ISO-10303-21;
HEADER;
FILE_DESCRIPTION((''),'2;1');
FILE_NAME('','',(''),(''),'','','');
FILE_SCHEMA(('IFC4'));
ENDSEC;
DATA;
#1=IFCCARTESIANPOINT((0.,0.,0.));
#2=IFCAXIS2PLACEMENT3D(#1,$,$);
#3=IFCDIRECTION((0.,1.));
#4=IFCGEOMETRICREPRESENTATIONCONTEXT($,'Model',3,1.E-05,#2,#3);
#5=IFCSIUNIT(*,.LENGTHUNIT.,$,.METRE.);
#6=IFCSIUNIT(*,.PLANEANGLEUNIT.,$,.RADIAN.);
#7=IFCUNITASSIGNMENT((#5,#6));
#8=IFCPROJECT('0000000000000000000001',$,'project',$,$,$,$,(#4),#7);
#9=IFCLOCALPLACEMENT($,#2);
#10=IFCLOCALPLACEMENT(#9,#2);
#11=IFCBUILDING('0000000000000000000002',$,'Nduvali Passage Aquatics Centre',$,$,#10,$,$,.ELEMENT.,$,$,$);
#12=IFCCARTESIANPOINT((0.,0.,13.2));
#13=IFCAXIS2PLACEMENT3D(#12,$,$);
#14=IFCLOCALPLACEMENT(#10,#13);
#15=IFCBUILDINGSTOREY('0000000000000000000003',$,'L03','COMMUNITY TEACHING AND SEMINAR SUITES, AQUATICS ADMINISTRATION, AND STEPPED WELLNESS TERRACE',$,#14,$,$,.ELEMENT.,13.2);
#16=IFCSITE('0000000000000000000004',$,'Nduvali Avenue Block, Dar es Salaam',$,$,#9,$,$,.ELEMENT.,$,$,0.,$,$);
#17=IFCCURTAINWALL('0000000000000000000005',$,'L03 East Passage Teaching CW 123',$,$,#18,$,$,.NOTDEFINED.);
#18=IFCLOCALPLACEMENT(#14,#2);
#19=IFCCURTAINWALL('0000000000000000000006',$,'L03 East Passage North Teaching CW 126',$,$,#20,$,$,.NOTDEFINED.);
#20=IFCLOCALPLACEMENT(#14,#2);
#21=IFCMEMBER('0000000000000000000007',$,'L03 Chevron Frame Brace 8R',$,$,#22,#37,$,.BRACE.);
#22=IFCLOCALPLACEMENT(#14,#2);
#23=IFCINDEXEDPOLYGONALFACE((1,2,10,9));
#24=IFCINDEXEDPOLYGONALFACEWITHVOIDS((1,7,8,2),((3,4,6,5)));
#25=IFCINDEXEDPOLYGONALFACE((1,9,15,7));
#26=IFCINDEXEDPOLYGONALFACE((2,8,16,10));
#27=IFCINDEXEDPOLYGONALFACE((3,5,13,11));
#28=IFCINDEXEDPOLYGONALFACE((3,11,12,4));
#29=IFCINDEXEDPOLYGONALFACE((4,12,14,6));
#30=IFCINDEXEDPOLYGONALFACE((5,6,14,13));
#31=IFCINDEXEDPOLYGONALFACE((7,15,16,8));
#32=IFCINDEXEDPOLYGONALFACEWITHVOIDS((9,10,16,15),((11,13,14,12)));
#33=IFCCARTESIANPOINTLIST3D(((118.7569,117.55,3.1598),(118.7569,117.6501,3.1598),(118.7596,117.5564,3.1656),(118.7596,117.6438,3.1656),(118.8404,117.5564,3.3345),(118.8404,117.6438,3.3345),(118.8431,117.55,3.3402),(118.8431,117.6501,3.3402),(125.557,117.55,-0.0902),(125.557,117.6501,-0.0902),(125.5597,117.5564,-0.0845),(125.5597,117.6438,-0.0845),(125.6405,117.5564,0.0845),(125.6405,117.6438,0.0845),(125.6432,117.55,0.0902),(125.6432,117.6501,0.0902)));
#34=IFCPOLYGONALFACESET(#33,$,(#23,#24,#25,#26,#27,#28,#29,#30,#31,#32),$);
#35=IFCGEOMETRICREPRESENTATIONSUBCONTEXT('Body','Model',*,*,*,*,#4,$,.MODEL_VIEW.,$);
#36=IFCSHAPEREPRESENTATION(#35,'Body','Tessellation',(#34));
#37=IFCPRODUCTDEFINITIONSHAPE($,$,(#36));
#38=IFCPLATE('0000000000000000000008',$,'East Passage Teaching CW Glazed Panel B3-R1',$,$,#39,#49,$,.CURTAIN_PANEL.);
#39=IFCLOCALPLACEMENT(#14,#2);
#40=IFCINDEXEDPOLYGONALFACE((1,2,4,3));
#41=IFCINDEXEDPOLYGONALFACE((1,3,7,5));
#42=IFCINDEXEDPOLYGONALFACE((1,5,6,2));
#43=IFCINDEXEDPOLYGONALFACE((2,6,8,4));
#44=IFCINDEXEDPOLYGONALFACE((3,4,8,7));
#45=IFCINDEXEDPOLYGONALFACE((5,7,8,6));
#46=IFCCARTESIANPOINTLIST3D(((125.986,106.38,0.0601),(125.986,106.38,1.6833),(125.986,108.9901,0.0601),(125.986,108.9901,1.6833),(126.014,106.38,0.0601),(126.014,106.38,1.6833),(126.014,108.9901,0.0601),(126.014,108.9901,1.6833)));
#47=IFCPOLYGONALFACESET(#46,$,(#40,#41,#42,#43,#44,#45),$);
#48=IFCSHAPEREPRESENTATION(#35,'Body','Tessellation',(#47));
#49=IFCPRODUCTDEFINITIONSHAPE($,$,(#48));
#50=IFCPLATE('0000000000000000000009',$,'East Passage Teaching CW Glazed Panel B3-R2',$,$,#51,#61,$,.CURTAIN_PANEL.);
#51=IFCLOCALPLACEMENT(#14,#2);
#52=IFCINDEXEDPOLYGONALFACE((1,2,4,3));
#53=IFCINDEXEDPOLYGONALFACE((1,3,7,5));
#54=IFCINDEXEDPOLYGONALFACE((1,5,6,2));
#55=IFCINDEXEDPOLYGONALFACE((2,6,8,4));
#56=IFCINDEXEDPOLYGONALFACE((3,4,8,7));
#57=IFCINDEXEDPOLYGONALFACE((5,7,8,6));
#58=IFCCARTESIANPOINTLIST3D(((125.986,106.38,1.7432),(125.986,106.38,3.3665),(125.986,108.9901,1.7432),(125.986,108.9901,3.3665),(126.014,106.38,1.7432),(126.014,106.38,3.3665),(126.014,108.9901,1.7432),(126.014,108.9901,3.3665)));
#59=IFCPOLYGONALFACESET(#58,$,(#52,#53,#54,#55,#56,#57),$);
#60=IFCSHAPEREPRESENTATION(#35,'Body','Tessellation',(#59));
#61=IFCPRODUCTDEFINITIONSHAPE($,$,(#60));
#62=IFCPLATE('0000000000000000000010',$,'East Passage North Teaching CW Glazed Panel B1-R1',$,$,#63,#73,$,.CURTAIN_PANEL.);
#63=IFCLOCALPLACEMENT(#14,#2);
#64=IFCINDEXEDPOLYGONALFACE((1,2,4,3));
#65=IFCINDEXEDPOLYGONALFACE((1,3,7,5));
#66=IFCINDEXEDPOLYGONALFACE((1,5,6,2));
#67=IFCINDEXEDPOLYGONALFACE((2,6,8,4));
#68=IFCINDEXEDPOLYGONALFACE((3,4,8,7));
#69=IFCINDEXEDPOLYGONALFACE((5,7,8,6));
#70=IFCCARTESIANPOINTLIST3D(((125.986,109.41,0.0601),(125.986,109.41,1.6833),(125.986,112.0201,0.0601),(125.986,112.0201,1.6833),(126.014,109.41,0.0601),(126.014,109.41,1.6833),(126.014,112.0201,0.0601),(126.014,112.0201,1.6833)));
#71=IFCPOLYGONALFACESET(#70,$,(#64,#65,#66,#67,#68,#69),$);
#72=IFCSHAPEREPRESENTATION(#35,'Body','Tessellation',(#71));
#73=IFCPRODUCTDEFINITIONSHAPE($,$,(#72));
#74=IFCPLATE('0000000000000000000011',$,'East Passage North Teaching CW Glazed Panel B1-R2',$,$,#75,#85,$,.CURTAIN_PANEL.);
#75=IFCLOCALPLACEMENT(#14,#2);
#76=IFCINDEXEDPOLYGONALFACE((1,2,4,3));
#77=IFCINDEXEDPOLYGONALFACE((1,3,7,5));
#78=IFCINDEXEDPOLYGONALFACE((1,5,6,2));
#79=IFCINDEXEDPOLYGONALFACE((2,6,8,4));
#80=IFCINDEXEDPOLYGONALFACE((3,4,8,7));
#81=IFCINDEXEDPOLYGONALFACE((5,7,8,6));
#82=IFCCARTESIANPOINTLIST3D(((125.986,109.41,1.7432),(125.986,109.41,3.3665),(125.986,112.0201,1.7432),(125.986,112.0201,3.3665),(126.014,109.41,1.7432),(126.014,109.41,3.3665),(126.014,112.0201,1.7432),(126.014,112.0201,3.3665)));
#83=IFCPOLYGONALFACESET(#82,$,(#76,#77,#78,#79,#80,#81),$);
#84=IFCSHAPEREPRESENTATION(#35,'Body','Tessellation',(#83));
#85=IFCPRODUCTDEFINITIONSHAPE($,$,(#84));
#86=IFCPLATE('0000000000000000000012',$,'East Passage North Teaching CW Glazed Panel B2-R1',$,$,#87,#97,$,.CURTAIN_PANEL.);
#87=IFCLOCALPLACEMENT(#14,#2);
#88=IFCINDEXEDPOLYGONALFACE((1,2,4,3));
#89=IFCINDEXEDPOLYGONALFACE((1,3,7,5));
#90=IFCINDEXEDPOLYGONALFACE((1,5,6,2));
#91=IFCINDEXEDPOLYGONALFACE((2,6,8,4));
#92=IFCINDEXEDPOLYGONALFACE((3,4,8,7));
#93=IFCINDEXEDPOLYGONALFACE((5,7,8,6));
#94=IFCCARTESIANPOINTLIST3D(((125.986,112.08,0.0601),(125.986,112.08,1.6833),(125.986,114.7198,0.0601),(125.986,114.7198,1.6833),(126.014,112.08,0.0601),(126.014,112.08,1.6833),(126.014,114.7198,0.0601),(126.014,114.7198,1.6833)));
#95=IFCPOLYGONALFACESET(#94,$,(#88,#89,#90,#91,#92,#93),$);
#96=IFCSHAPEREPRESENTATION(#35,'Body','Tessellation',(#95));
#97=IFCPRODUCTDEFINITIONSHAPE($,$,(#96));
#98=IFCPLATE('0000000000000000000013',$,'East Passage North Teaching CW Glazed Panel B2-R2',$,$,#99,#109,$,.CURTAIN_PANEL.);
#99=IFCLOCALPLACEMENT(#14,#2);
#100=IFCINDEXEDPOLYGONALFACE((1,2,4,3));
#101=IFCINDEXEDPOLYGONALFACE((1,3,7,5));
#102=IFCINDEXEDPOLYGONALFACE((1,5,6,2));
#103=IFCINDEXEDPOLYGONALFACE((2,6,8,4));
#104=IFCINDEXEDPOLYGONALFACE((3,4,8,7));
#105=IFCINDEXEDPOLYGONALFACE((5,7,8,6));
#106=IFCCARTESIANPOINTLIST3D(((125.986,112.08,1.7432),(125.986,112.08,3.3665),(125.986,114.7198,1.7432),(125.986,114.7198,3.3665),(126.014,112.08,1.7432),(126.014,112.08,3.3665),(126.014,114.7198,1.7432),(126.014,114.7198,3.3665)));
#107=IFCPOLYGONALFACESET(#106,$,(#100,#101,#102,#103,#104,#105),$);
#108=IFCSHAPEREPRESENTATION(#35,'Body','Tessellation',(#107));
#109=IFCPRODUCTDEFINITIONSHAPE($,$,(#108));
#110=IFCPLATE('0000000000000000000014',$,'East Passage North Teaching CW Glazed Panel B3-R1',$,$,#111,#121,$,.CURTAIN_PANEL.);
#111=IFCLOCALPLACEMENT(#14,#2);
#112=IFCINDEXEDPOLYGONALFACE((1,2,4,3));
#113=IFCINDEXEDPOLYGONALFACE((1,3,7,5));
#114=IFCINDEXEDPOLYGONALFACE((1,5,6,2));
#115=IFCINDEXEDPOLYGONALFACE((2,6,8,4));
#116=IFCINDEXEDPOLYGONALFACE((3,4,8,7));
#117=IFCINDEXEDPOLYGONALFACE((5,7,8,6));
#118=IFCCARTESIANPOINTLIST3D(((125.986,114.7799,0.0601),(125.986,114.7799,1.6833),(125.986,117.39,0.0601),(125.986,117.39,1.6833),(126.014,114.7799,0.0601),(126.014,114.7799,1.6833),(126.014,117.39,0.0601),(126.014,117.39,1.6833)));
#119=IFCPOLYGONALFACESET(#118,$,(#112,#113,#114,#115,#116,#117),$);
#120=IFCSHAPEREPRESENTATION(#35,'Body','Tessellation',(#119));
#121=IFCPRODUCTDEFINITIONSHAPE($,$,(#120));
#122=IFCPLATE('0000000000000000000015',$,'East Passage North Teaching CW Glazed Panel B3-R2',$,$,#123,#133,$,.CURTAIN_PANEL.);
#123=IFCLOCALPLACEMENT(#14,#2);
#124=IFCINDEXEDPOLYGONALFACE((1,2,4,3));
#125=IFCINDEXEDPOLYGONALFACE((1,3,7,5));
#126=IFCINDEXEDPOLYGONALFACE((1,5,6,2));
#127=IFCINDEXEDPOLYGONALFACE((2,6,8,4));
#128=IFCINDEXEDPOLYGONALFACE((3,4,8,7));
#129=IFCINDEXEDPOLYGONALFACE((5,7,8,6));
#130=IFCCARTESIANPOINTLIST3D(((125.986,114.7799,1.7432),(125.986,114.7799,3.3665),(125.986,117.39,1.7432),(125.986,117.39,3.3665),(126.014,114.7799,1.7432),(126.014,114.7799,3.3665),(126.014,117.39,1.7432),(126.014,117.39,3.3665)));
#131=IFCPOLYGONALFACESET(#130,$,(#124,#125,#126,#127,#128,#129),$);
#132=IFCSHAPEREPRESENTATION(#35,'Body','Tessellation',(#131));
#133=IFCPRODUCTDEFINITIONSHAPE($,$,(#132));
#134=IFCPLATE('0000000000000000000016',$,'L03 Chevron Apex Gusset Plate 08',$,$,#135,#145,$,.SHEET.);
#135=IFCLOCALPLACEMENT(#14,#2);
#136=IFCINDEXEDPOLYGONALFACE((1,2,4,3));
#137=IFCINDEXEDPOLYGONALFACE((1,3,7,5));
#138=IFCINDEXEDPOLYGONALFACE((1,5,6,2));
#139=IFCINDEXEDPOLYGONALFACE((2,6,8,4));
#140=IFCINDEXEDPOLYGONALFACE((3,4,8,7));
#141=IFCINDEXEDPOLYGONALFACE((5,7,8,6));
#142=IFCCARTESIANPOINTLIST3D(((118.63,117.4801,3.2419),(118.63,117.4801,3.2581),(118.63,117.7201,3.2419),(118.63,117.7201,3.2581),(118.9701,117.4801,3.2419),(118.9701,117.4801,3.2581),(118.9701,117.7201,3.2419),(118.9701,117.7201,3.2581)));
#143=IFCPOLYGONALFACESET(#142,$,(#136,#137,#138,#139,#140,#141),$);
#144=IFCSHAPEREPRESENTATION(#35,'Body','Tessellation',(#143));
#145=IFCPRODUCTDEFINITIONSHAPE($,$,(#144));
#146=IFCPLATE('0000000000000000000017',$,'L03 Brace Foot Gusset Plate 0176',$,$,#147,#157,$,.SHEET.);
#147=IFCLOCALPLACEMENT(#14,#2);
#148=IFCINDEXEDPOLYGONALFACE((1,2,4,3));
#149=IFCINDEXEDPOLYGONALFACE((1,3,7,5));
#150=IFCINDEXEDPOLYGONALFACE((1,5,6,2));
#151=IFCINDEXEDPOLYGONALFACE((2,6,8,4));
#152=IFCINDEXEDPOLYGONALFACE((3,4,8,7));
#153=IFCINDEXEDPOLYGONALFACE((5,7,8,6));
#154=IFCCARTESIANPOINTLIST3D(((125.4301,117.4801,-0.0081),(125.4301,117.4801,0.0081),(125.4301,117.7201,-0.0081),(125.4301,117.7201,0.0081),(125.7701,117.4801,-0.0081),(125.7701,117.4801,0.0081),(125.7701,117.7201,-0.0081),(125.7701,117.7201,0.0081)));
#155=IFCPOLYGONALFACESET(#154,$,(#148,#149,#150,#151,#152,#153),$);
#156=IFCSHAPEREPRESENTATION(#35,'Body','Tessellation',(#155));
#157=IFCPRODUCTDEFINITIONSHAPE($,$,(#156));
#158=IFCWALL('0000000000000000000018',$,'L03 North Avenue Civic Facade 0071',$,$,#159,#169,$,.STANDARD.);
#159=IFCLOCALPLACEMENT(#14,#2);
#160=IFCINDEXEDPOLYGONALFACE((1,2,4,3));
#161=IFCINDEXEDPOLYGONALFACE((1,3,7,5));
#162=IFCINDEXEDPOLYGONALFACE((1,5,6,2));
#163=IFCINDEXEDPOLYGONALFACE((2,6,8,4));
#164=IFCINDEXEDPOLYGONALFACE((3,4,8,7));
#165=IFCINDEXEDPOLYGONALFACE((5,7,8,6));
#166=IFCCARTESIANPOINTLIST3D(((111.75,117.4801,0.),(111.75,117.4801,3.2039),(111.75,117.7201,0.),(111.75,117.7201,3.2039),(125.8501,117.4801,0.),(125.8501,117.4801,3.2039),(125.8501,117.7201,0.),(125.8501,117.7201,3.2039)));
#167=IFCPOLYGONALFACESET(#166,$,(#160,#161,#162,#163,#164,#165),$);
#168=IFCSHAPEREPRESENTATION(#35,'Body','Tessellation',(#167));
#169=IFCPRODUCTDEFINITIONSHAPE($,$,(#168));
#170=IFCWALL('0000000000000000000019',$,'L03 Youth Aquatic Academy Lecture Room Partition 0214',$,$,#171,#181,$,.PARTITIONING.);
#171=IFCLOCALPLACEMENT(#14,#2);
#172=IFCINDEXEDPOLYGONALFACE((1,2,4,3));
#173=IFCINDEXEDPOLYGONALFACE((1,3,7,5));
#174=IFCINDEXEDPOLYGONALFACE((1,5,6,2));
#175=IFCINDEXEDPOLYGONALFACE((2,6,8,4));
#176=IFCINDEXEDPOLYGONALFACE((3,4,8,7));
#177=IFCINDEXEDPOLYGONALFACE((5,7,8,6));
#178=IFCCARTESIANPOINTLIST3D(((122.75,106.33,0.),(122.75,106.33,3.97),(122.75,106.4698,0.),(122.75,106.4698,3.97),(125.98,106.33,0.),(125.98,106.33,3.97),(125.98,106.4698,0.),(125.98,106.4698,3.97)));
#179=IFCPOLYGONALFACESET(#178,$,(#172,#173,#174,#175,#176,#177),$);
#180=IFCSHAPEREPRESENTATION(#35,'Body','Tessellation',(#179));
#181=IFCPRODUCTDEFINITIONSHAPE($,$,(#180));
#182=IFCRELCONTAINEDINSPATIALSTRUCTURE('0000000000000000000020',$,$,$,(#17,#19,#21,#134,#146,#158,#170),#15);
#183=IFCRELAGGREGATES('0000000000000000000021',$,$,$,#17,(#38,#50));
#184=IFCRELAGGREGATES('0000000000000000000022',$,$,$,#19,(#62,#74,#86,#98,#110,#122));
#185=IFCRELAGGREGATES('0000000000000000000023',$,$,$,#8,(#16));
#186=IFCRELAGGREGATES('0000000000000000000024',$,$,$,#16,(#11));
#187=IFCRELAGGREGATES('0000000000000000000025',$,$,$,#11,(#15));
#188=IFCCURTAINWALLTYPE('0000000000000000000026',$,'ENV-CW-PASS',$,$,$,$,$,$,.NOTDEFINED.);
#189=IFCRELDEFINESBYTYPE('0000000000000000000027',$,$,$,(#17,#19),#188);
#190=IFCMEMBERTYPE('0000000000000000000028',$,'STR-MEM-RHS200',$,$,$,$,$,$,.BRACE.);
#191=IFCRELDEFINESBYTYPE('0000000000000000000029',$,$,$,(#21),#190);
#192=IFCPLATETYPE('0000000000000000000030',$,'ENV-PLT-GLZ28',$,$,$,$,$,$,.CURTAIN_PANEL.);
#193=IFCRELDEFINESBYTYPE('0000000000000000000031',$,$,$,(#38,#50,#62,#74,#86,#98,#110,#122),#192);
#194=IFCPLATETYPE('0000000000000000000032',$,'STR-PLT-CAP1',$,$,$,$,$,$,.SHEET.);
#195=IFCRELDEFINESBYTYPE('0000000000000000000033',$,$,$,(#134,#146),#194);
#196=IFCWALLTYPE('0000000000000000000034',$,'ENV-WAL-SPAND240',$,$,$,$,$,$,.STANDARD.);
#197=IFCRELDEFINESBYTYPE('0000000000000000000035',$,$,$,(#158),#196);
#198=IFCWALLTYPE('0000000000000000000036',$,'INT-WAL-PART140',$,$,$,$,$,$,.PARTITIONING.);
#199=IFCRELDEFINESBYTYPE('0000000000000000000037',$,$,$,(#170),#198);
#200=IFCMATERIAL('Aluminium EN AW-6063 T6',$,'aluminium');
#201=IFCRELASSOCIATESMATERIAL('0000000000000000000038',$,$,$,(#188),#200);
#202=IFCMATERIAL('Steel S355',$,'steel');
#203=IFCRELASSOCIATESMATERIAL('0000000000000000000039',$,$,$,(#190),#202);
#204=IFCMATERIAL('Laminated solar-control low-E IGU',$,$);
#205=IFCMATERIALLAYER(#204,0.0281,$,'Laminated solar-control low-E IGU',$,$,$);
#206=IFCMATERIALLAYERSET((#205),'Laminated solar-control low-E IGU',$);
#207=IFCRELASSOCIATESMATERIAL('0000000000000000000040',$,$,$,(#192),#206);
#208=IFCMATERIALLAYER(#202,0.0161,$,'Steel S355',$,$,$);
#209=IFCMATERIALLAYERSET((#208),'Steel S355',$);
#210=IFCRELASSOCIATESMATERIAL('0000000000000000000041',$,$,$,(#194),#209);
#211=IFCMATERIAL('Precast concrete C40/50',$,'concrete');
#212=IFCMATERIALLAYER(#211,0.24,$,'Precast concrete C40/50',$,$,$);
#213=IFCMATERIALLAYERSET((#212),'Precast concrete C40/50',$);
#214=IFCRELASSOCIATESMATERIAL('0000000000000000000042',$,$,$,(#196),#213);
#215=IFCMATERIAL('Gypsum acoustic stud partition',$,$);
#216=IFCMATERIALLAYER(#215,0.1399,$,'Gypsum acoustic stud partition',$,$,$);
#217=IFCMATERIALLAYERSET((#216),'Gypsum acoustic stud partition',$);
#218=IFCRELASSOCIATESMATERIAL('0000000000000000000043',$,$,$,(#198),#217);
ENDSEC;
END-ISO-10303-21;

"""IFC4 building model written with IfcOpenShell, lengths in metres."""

from ifc_helpers import new_model, si_unit, direction, frame, frame_2d, origin, origin_2d, place, context, subcontext, project, spatial, rectangle, hollow_rectangle, extrude, material, layer, layer_set, material_profile, profile_set, type_object, element, aggregate, save


model = new_model("IFC4")

# Units and contexts
model_context = context("Model", 3, precision=1e-05, world=origin(), true_north=direction((0.0, 1.0)))
body_context = subcontext(model_context, "Body", "Model", "MODEL_VIEW")
ifc_project = project(units=[si_unit("LENGTHUNIT", "METRE"), si_unit("PLANEANGLEUNIT", "RADIAN")], contexts=[model_context])

# Site, building, storey
site_placement = place(None, origin())
site = spatial("IfcSite", under=ifc_project, at=site_placement, Name="Nduvali Avenue Block, Dar es Salaam", CompositionType="ELEMENT", RefElevation=0.0)
building_placement = place(site_placement, origin())
building = spatial("IfcBuilding", under=site, at=building_placement, Name="Nduvali Passage Aquatics Centre", CompositionType="ELEMENT")
storey_placement = place(building_placement, frame((0.0, 0.0, 13.2)))
storey = spatial("IfcBuildingStorey", under=building, at=storey_placement, Name="L03", Description="COMMUNITY TEACHING AND SEMINAR SUITES, AQUATICS ADMINISTRATION, AND STEPPED WELLNESS TERRACE", CompositionType="ELEMENT", Elevation=13.2)

# Shared definitions
ifc_material_1 = material(Name="Steel S355", Category="steel")

# Curtain wall
ifc_material_2 = material(Name="Aluminium EN AW-6063 T6", Category="aluminium")
curtain_wall_type = type_object("IfcCurtainWallType", Name="ENV-CW-PASS", PredefinedType="NOTDEFINED", material=ifc_material_2)
curtain_wall_1_placement = place(storey_placement, origin())
curtain_wall_1 = element("IfcCurtainWall", 1, at=curtain_wall_1_placement, inside=storey, type_object=curtain_wall_type, Name="L03 East Passage Teaching CW 123", PredefinedType="NOTDEFINED")

# Curtain wall
curtain_wall_2_placement = place(storey_placement, origin())
curtain_wall_2 = element("IfcCurtainWall", 2, at=curtain_wall_2_placement, inside=storey, type_object=curtain_wall_type, Name="L03 East Passage North Teaching CW 126", PredefinedType="NOTDEFINED")

# Member
ifc_material_profile_1 = material_profile(ifc_material_1, hollow_rectangle(XDim=0.1001, YDim=0.2, WallThickness=0.0063, at=origin_2d()), Name="RHS 200x100x6.3")
ifc_profile_set_1 = profile_set([ifc_material_profile_1], Name="Steel S355")
member_type_1 = type_object("IfcMemberType", Name="STR-MEM-RHS200", PredefinedType="BRACE", material=ifc_profile_set_1)
member_1_placement = place(storey_placement, frame((125.6001, 117.6001, 0.0), z_axis=(-0.902248, 0.0, 0.431218), x_axis=(0.0, -1.0, 0.0)))
element("IfcMember", 3, at=member_1_placement, inside=storey, type_object=member_type_1, Name="L03 Chevron Frame Brace 8R", PredefinedType="BRACE", context=body_context, shape_type="SweptSolid", body=[
    extrude(hollow_rectangle(XDim=0.1001, YDim=0.2, WallThickness=0.0063, at=origin_2d()), origin(), (0.0, 0.0, 1.0), 7.5369),
])

# Plates
ifc_material_3 = material(Name="Laminated solar-control low-E IGU")
ifc_layer_1 = layer(ifc_material_3, 0.0281, Name="Laminated solar-control low-E IGU")
ifc_layer_set_1 = layer_set([ifc_layer_1], Name="Laminated solar-control low-E IGU")
plate_type_1 = type_object("IfcPlateType", Name="ENV-PLT-GLZ28", PredefinedType="CURTAIN_PANEL", material=ifc_layer_set_1)
plate_1_placement = place(storey_placement, frame((126.0, 107.6851, 0.0601), z_axis=(0.0, 0.0, 1.0), x_axis=(0.0, 1.0, 0.0)))
plate_1 = element("IfcPlate", 4, at=plate_1_placement, type_object=plate_type_1, Name="East Passage Teaching CW Glazed Panel B3-R1", PredefinedType="CURTAIN_PANEL", context=body_context, shape_type="SweptSolid", body=[
    extrude(rectangle(XDim=2.6101, YDim=0.0281, at=origin_2d()), origin(), (0.0, 0.0, 1.0), 1.6233),
])
plate_2_placement = place(storey_placement, frame((126.0, 107.6851, 1.7432), z_axis=(0.0, 0.0, 1.0), x_axis=(0.0, 1.0, 0.0)))
plate_2 = element("IfcPlate", 5, at=plate_2_placement, type_object=plate_type_1, Name="East Passage Teaching CW Glazed Panel B3-R2", PredefinedType="CURTAIN_PANEL", context=body_context, shape_type="SweptSolid", body=[
    extrude(rectangle(XDim=2.6101, YDim=0.0281, at=origin_2d()), origin(), (0.0, 0.0, 1.0), 1.6233),
])
aggregate(curtain_wall_1, [plate_1, plate_2])
plate_3_placement = place(storey_placement, frame((126.0, 110.7151, 0.0601), z_axis=(0.0, 0.0, 1.0), x_axis=(0.0, 1.0, 0.0)))
plate_3 = element("IfcPlate", 6, at=plate_3_placement, type_object=plate_type_1, Name="East Passage North Teaching CW Glazed Panel B1-R1", PredefinedType="CURTAIN_PANEL", context=body_context, shape_type="SweptSolid", body=[
    extrude(rectangle(XDim=2.6101, YDim=0.0281, at=origin_2d()), origin(), (0.0, 0.0, 1.0), 1.6233),
])
plate_4_placement = place(storey_placement, frame((126.0, 110.7151, 1.7432), z_axis=(0.0, 0.0, 1.0), x_axis=(0.0, 1.0, 0.0)))
plate_4 = element("IfcPlate", 7, at=plate_4_placement, type_object=plate_type_1, Name="East Passage North Teaching CW Glazed Panel B1-R2", PredefinedType="CURTAIN_PANEL", context=body_context, shape_type="SweptSolid", body=[
    extrude(rectangle(XDim=2.6101, YDim=0.0281, at=origin_2d()), origin(), (0.0, 0.0, 1.0), 1.6233),
])
plate_5_placement = place(storey_placement, frame((126.0, 113.3999, 0.0601), z_axis=(0.0, 0.0, 1.0), x_axis=(0.0, 1.0, 0.0)))
plate_5 = element("IfcPlate", 8, at=plate_5_placement, type_object=plate_type_1, Name="East Passage North Teaching CW Glazed Panel B2-R1", PredefinedType="CURTAIN_PANEL", context=body_context, shape_type="SweptSolid", body=[
    extrude(rectangle(XDim=2.6399, YDim=0.0281, at=origin_2d()), origin(), (0.0, 0.0, 1.0), 1.6233),
])
plate_6_placement = place(storey_placement, frame((126.0, 113.3999, 1.7432), z_axis=(0.0, 0.0, 1.0), x_axis=(0.0, 1.0, 0.0)))
plate_6 = element("IfcPlate", 9, at=plate_6_placement, type_object=plate_type_1, Name="East Passage North Teaching CW Glazed Panel B2-R2", PredefinedType="CURTAIN_PANEL", context=body_context, shape_type="SweptSolid", body=[
    extrude(rectangle(XDim=2.6399, YDim=0.0281, at=origin_2d()), origin(), (0.0, 0.0, 1.0), 1.6233),
])
plate_7_placement = place(storey_placement, frame((126.0, 116.085, 0.0601), z_axis=(0.0, 0.0, 1.0), x_axis=(0.0, 1.0, 0.0)))
plate_7 = element("IfcPlate", 10, at=plate_7_placement, type_object=plate_type_1, Name="East Passage North Teaching CW Glazed Panel B3-R1", PredefinedType="CURTAIN_PANEL", context=body_context, shape_type="SweptSolid", body=[
    extrude(rectangle(XDim=2.6101, YDim=0.0281, at=origin_2d()), origin(), (0.0, 0.0, 1.0), 1.6233),
])
plate_8_placement = place(storey_placement, frame((126.0, 116.085, 1.7432), z_axis=(0.0, 0.0, 1.0), x_axis=(0.0, 1.0, 0.0)))
plate_8 = element("IfcPlate", 11, at=plate_8_placement, type_object=plate_type_1, Name="East Passage North Teaching CW Glazed Panel B3-R2", PredefinedType="CURTAIN_PANEL", context=body_context, shape_type="SweptSolid", body=[
    extrude(rectangle(XDim=2.6101, YDim=0.0281, at=origin_2d()), origin(), (0.0, 0.0, 1.0), 1.6233),
])
aggregate(curtain_wall_2, [plate_3, plate_4, plate_5, plate_6, plate_7, plate_8])

# Plates
ifc_layer_2 = layer(ifc_material_1, 0.0161, Name="Steel S355")
ifc_layer_set_2 = layer_set([ifc_layer_2], Name="Steel S355")
plate_type_2 = type_object("IfcPlateType", Name="STR-PLT-CAP1", PredefinedType="SHEET", material=ifc_layer_set_2)
for number, where, z_axis, x_axis, name in (
    (12, (118.8, 117.6001, 3.2419), (0.0, 0.0, 1.0), (1.0, 0.0, 0.0), "L03 Chevron Apex Gusset Plate 08"),
    (13, (125.6001, 117.6001, -0.0081), (0.0, 0.0, 1.0), (1.0, 0.0, 0.0), "L03 Brace Foot Gusset Plate 0176"),
):
    element("IfcPlate", number, at=place(storey_placement, frame(where, z_axis=z_axis, x_axis=x_axis)), inside=storey, type_object=plate_type_2, Name=name, PredefinedType="SHEET", context=body_context, shape_type="SweptSolid", body=[
        extrude(rectangle(XDim=0.3401, YDim=0.24, at=origin_2d()), origin(), (0.0, 0.0, 1.0), 0.0161),
    ])

# Walls
ifc_material_4 = material(Name="Precast concrete C40/50", Category="concrete")
ifc_layer_3 = layer(ifc_material_4, 0.24, Name="Precast concrete C40/50")
ifc_layer_set_3 = layer_set([ifc_layer_3], Name="Precast concrete C40/50")
wall_type_1 = type_object("IfcWallType", Name="ENV-WAL-SPAND240", PredefinedType="STANDARD", material=ifc_layer_set_3)
wall_1_placement = place(storey_placement, frame((125.8501, 117.6001, 0.0), z_axis=(0.0, 0.0, 1.0), x_axis=(-1.0, 0.0, 0.0)))
element("IfcWall", 14, at=wall_1_placement, inside=storey, type_object=wall_type_1, Name="L03 North Avenue Civic Facade 0071", PredefinedType="STANDARD", context=body_context, shape_type="SweptSolid", body=[
    extrude(rectangle(XDim=14.1001, YDim=0.24, at=frame_2d((7.05, 0.0))), origin(), (0.0, 0.0, 1.0), 3.2039),
])
ifc_material_5 = material(Name="Gypsum acoustic stud partition")
ifc_layer_4 = layer(ifc_material_5, 0.1399, Name="Gypsum acoustic stud partition")
ifc_layer_set_4 = layer_set([ifc_layer_4], Name="Gypsum acoustic stud partition")
wall_type_2 = type_object("IfcWallType", Name="INT-WAL-PART140", PredefinedType="PARTITIONING", material=ifc_layer_set_4)
wall_2_placement = place(storey_placement, frame((122.75, 106.3999, 0.0), z_axis=(0.0, 0.0, 1.0), x_axis=(1.0, 0.0, 0.0)))
element("IfcWall", 15, at=wall_2_placement, inside=storey, type_object=wall_type_2, Name="L03 Youth Aquatic Academy Lecture Room Partition 0214", PredefinedType="PARTITIONING", context=body_context, shape_type="SweptSolid", body=[
    extrude(rectangle(XDim=3.23, YDim=0.1399, at=frame_2d((1.615, 0.0))), origin(), (0.0, 0.0, 1.0), 3.97),
])

save(model, "model.ifc")
